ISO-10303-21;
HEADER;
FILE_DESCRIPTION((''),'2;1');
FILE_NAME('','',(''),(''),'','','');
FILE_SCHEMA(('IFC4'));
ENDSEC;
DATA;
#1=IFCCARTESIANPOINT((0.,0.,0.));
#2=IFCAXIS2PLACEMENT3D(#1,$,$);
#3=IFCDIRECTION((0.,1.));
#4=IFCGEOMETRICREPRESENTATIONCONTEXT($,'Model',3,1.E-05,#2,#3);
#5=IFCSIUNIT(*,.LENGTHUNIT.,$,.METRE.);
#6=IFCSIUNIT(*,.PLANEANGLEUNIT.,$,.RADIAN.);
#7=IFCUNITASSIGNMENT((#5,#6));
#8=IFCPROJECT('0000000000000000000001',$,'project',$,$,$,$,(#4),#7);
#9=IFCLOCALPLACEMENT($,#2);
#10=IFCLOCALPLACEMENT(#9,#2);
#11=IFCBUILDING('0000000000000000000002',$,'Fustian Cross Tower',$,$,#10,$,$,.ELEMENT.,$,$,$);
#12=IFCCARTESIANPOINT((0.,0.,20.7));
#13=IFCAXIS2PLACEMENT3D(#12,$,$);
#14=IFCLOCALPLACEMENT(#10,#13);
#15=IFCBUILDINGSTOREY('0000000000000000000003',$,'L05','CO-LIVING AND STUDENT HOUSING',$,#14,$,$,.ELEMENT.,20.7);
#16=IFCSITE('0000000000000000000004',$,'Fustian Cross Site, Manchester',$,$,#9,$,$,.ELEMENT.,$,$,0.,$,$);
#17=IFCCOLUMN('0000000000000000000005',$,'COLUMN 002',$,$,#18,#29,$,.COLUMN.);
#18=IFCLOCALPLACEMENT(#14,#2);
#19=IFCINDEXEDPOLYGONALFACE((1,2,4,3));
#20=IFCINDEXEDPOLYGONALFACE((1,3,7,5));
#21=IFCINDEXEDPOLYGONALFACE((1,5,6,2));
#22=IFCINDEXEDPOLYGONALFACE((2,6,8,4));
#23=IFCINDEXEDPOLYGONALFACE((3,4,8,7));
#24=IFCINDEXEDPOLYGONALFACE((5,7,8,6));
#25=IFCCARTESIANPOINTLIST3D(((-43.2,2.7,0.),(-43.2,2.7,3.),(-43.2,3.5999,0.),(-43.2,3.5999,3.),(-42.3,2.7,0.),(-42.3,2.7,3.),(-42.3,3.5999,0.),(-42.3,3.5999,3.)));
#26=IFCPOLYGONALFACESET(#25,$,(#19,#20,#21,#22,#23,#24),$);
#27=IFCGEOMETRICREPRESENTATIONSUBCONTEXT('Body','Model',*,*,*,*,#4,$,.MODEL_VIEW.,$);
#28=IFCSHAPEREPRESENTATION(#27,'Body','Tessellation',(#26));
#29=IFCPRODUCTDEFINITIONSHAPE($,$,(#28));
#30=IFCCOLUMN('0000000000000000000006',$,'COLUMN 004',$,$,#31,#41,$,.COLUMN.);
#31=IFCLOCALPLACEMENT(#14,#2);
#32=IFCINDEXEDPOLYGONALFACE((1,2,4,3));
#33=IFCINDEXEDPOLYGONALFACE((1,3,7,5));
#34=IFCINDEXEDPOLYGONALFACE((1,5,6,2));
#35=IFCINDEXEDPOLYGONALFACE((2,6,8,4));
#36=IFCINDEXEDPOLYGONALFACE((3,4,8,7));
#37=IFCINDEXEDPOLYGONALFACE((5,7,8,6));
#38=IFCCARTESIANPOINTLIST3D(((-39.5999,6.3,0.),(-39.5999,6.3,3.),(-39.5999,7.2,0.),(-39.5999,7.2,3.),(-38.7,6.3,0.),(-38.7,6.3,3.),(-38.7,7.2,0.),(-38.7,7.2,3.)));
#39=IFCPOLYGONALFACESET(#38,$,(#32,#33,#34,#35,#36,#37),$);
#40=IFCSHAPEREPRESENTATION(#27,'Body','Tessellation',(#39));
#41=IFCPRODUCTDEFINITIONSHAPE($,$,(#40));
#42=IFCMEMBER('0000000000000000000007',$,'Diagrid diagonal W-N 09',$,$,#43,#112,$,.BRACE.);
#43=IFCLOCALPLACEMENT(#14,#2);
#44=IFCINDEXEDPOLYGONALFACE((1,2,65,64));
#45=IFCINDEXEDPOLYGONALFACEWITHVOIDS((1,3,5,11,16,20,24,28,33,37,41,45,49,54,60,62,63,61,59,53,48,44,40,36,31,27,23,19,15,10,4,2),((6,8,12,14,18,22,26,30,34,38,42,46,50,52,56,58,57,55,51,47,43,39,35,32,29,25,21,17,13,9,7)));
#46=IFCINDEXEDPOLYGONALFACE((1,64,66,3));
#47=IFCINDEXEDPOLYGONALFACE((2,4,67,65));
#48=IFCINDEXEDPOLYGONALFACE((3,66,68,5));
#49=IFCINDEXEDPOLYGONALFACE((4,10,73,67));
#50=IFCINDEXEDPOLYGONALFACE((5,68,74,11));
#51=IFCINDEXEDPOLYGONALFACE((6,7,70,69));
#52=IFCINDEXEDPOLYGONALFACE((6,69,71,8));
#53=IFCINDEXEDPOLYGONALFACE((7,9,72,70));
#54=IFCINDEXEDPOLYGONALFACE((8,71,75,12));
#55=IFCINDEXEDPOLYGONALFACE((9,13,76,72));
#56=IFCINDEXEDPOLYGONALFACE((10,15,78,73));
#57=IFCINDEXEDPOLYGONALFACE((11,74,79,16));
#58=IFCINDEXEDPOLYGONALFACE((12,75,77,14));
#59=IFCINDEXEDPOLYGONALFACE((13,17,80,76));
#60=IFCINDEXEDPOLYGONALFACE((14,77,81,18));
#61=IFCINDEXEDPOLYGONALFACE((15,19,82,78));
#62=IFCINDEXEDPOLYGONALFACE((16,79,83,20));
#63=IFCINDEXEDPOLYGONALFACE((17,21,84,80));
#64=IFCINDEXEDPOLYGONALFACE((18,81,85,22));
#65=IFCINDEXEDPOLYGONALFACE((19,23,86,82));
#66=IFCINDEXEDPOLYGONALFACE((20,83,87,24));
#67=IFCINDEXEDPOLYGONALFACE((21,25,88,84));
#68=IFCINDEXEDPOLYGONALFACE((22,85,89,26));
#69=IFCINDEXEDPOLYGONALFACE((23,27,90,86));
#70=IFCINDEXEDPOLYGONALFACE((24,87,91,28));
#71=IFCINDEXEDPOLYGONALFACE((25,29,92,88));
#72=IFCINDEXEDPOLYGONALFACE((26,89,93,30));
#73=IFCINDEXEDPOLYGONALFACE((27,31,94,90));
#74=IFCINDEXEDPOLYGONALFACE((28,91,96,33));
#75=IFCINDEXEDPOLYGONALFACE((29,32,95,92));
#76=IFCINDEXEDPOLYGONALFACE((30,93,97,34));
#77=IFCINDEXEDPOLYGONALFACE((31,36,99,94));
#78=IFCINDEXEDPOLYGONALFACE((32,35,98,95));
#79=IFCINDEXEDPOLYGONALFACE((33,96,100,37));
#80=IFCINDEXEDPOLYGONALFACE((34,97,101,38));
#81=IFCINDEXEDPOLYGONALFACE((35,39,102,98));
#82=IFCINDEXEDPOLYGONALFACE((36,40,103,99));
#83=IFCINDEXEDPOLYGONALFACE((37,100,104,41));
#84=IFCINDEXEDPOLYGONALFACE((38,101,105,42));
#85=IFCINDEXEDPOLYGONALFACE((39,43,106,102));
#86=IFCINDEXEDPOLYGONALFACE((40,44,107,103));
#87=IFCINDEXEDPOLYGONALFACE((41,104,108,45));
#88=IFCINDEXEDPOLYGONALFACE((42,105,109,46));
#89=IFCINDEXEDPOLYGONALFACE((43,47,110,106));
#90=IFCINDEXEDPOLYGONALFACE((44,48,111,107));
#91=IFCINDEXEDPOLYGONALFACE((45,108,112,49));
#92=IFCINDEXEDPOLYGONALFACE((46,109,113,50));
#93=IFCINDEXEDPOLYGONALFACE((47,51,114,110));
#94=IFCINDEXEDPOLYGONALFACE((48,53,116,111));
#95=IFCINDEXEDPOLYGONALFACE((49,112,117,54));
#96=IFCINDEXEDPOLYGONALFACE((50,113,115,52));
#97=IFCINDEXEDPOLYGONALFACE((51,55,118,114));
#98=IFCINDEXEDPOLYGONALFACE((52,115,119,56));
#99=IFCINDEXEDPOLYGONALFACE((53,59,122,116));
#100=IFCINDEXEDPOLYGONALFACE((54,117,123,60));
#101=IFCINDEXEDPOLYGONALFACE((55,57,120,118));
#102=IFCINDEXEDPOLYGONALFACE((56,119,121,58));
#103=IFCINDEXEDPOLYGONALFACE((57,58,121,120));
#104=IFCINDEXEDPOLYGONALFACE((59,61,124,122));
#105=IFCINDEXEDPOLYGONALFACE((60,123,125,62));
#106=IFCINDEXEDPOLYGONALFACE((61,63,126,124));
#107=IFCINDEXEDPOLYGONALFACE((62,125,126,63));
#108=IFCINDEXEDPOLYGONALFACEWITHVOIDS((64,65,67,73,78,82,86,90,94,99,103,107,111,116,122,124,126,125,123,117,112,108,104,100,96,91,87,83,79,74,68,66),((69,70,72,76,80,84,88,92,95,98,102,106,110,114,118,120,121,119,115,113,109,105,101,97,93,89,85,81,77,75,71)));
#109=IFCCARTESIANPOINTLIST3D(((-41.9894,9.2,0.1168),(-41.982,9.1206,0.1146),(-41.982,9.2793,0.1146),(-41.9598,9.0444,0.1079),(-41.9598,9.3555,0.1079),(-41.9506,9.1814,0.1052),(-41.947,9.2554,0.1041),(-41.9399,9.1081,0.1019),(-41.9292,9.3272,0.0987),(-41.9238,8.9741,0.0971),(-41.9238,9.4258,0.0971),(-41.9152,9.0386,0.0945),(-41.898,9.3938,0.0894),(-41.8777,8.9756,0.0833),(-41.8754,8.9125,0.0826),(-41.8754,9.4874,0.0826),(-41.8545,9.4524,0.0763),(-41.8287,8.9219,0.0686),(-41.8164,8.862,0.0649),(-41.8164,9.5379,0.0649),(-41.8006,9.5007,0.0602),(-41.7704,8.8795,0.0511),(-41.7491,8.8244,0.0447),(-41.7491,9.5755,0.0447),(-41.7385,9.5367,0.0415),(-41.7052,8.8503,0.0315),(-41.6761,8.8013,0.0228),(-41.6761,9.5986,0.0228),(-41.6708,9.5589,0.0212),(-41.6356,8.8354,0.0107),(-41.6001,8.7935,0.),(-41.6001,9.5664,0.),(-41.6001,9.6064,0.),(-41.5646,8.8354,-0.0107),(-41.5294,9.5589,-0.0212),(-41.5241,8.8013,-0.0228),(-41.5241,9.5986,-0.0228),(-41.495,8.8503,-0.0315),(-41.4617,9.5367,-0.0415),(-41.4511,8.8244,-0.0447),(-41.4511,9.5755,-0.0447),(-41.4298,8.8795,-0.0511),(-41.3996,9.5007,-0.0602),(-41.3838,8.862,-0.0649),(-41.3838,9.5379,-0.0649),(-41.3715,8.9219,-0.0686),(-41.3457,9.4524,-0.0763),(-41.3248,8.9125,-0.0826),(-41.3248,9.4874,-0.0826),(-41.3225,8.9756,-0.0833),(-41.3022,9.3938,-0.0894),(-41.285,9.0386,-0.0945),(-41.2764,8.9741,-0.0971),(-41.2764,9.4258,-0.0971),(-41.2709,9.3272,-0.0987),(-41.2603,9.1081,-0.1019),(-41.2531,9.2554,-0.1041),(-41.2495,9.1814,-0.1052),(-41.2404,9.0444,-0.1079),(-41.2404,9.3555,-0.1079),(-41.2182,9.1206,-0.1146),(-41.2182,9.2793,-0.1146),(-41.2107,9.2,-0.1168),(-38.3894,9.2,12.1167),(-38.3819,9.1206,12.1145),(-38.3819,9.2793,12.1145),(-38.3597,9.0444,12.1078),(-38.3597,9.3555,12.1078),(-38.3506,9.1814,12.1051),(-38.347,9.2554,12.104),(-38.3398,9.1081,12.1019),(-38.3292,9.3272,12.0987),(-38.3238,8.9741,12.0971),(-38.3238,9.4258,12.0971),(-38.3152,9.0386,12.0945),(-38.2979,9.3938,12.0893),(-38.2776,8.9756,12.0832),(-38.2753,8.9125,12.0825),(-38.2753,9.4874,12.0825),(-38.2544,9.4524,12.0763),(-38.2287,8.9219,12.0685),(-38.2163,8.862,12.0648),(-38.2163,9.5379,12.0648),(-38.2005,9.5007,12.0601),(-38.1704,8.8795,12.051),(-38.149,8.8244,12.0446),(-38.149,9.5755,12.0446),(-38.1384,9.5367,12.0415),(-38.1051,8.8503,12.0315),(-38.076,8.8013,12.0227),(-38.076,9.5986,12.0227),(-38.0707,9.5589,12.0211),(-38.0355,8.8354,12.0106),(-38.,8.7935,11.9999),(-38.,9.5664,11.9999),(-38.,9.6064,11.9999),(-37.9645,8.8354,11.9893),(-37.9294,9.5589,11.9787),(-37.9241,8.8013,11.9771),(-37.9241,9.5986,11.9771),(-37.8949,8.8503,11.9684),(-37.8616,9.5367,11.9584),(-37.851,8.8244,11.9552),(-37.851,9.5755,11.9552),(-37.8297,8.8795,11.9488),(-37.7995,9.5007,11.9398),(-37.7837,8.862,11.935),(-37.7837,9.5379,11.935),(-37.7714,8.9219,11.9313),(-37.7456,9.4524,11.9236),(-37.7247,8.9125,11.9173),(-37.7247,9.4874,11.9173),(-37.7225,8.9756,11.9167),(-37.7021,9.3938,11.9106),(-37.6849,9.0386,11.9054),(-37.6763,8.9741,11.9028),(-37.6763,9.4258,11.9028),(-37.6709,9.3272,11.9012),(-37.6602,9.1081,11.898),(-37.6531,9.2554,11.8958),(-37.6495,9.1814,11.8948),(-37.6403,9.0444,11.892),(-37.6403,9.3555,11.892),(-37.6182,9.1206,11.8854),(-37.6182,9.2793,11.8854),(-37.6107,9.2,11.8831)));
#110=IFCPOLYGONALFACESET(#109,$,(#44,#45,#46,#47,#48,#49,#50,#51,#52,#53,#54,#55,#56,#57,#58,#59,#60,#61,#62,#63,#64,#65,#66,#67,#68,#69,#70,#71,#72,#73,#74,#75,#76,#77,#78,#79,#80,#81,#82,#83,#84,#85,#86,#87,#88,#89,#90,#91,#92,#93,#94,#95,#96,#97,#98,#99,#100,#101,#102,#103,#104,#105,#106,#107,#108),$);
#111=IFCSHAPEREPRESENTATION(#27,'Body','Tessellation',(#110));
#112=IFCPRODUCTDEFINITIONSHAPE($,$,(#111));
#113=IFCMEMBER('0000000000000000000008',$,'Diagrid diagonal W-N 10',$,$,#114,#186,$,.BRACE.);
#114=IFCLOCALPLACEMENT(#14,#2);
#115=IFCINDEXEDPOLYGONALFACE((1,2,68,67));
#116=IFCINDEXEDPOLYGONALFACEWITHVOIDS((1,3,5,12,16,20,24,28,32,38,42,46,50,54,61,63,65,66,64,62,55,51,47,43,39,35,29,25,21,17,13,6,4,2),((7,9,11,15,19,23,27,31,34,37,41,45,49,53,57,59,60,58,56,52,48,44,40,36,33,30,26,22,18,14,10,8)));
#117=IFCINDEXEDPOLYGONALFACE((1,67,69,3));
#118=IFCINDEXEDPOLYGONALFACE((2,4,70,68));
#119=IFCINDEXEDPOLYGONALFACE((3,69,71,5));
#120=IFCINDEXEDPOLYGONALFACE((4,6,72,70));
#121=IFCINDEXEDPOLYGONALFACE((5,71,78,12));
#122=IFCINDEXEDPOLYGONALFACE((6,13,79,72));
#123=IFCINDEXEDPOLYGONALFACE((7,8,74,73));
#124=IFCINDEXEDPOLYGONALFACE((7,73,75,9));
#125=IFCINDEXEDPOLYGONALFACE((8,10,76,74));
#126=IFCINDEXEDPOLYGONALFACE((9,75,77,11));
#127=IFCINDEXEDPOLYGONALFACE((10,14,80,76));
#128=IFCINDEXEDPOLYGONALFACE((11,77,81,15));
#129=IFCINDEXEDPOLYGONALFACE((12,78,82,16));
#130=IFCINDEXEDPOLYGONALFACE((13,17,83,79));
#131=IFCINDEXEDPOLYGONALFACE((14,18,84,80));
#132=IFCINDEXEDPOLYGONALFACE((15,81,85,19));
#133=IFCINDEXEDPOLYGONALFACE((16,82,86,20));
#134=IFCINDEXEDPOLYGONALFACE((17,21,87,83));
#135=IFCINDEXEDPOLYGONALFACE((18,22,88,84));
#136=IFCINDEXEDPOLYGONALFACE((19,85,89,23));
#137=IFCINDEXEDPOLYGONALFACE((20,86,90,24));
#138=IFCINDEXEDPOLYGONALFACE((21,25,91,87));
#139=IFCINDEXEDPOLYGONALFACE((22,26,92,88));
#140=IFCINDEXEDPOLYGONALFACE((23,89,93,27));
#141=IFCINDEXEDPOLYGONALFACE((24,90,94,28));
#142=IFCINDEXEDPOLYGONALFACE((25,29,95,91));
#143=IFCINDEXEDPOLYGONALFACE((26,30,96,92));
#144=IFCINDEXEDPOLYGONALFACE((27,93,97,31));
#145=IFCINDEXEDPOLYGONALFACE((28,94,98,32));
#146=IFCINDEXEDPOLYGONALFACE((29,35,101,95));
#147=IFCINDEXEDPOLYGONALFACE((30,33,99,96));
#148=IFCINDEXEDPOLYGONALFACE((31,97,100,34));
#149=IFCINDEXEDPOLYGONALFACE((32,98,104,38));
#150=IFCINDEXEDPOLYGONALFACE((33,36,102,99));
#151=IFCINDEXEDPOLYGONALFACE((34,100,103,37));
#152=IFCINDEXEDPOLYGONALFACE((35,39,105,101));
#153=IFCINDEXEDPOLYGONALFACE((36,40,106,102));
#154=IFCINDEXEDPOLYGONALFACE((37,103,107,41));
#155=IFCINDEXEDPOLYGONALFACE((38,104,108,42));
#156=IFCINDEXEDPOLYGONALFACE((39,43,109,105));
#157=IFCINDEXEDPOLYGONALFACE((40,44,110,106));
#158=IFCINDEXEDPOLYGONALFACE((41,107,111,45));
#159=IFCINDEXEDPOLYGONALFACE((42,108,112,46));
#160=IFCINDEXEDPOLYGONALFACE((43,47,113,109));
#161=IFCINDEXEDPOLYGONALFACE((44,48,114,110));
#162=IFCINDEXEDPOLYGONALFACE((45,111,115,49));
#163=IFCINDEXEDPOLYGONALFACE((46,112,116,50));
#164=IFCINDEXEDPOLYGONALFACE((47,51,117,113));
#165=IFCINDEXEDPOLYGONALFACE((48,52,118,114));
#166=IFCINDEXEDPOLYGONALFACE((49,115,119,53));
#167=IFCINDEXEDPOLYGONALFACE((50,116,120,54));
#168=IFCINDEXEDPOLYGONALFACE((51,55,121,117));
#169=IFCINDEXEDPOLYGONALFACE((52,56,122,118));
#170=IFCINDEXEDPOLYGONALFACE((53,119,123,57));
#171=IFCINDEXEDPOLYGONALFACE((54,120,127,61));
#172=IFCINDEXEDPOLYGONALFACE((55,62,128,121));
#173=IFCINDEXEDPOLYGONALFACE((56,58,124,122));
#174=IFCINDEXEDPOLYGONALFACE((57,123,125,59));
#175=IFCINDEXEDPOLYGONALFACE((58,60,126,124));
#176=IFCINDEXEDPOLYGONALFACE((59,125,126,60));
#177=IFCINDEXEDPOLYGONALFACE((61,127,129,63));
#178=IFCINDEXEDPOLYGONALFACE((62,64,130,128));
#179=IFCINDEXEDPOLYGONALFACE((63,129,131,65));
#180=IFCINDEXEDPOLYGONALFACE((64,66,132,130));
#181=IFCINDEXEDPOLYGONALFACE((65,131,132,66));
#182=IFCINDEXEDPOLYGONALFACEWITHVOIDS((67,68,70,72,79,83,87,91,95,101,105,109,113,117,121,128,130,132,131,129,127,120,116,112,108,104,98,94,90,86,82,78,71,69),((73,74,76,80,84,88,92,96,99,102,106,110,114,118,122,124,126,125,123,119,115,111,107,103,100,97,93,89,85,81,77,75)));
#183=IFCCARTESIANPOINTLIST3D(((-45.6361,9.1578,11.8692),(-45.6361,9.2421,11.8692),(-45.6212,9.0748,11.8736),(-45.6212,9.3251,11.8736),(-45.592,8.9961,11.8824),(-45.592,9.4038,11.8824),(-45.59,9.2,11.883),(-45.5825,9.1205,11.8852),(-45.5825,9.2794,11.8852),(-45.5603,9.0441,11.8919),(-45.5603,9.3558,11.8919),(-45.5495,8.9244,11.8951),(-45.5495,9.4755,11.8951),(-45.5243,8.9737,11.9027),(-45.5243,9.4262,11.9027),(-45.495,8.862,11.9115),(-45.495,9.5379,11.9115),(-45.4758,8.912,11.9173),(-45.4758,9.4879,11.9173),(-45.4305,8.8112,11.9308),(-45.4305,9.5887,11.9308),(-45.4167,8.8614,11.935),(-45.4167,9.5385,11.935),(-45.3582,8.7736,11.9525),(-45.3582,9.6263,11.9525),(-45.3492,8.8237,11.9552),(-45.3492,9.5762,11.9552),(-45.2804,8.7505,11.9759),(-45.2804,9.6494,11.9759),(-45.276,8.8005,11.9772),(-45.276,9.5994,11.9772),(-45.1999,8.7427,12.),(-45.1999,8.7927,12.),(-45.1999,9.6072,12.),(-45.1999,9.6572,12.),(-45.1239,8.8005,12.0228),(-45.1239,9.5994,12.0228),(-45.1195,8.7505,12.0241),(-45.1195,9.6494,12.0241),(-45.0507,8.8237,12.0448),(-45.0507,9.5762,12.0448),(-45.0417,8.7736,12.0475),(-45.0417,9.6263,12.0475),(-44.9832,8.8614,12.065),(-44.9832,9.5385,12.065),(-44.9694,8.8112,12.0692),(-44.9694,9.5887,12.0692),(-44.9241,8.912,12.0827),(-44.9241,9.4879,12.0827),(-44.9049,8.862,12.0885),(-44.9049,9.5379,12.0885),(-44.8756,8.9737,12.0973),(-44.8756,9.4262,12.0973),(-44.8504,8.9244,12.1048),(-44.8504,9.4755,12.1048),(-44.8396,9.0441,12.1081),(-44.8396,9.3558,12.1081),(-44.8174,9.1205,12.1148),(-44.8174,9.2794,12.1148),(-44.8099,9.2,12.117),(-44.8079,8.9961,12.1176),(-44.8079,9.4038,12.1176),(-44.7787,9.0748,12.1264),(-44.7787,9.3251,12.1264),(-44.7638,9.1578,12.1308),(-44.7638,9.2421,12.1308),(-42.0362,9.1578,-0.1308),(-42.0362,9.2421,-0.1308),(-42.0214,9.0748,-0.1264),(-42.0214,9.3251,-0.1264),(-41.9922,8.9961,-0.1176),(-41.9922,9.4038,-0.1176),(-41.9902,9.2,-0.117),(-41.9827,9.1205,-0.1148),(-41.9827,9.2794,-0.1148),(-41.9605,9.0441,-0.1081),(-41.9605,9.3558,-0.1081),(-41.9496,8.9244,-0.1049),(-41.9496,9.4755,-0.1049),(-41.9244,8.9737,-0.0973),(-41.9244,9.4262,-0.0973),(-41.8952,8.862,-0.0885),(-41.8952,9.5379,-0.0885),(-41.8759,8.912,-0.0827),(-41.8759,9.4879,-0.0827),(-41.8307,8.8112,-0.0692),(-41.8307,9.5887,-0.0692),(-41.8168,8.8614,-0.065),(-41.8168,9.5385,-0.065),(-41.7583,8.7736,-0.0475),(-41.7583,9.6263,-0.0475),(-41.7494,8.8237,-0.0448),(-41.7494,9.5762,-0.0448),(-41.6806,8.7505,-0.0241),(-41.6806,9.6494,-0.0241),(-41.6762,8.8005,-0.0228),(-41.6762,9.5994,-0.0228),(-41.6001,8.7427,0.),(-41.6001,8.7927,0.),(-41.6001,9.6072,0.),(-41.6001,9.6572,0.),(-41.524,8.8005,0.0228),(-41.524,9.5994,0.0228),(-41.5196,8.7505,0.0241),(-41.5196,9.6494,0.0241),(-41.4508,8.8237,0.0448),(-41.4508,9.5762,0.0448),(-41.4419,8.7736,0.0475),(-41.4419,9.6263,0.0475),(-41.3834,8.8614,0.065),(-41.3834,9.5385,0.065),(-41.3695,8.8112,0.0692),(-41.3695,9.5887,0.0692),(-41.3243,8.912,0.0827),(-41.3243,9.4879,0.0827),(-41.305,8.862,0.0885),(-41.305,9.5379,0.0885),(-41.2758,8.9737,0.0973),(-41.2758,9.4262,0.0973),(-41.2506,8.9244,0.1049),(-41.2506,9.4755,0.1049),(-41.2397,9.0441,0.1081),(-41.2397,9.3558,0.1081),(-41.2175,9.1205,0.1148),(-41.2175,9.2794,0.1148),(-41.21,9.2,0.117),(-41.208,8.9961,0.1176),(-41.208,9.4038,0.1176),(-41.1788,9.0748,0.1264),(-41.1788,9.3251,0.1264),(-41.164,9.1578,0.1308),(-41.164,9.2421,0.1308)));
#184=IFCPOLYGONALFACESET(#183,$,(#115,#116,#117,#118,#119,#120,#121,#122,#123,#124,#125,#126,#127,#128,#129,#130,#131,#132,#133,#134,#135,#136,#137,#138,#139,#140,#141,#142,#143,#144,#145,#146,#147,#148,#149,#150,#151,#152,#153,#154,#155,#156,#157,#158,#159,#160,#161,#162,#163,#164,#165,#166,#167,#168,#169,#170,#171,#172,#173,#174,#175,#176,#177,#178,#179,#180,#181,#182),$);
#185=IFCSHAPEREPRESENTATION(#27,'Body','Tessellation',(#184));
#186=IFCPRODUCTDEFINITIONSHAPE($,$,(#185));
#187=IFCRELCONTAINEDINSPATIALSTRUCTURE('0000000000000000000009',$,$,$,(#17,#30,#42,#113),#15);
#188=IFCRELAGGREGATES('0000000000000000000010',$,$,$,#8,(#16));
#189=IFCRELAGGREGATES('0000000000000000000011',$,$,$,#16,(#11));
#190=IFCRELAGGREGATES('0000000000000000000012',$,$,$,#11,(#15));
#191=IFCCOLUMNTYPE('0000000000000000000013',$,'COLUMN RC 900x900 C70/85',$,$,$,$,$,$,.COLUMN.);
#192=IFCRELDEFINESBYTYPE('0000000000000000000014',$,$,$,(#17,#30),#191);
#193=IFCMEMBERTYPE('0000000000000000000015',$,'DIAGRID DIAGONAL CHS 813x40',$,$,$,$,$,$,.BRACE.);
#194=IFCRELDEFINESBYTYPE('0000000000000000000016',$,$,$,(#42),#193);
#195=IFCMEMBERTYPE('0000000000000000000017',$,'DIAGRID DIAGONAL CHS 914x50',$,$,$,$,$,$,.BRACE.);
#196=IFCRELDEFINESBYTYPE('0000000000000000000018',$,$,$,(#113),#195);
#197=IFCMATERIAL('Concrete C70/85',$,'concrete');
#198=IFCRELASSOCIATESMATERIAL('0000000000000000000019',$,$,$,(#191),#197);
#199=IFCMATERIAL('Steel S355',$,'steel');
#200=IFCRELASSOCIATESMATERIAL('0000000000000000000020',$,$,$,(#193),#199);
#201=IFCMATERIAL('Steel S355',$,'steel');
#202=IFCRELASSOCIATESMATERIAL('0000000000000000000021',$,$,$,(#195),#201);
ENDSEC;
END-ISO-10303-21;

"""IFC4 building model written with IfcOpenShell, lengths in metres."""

from ifc_helpers import new_model, si_unit, direction, frame, origin, origin_2d, place, context, subcontext, project, spatial, rectangle, hollow_circle, extrude, material, material_profile, profile_set, type_object, element, save


model = new_model("IFC4")

# Units and contexts
model_context = context("Model", 3, precision=1e-05, world=origin(), true_north=direction((0.0, 1.0)))
body_context = subcontext(model_context, "Body", "Model", "MODEL_VIEW")
ifc_project = project(units=[si_unit("LENGTHUNIT", "METRE"), si_unit("PLANEANGLEUNIT", "RADIAN")], contexts=[model_context])

# Site, building, storey
site_placement = place(None, origin())
site = spatial("IfcSite", under=ifc_project, at=site_placement, Name="Fustian Cross Site, Manchester", CompositionType="ELEMENT", RefElevation=0.0)
building_placement = place(site_placement, origin())
building = spatial("IfcBuilding", under=site, at=building_placement, Name="Fustian Cross Tower", CompositionType="ELEMENT")
storey_placement = place(building_placement, frame((0.0, 0.0, 20.7)))
storey = spatial("IfcBuildingStorey", under=building, at=storey_placement, Name="L05", Description="CO-LIVING AND STUDENT HOUSING", CompositionType="ELEMENT", Elevation=20.7)

# Columns
ifc_material_1 = material(Name="Concrete C70/85", Category="concrete")
ifc_material_profile_1 = material_profile(ifc_material_1, rectangle(XDim=0.8999, YDim=0.8999, at=origin_2d()), Name="RC 900x900")
ifc_profile_set_1 = profile_set([ifc_material_profile_1], Name="Concrete C70/85")
column_type = type_object("IfcColumnType", Name="COLUMN RC 900x900 C70/85", PredefinedType="COLUMN", material=ifc_profile_set_1)
for number, where, z_axis, x_axis, name in (
    (1, (-42.75, 3.1499, 0.0), (0.0, 0.0, 1.0), (1.0, 0.0, 0.0), "COLUMN 002"),
    (2, (-39.1499, 6.75, 0.0), (0.0, 0.0, 1.0), (1.0, 0.0, 0.0), "COLUMN 004"),
):
    element("IfcColumn", number, at=place(storey_placement, frame(where, z_axis=z_axis, x_axis=x_axis)), inside=storey, type_object=column_type, Name=name, PredefinedType="COLUMN", context=body_context, shape_type="SweptSolid", body=[
        extrude(rectangle(XDim=0.8999, YDim=0.8999, at=origin_2d()), origin(), (0.0, 0.0, 1.0), 3.0),
    ])

# Members
ifc_material_2 = material(Name="Steel S355", Category="steel")
ifc_material_profile_2 = material_profile(ifc_material_2, hollow_circle(Radius=0.4065, WallThickness=0.04, at=origin_2d()), Name="CHS 813x40")
ifc_profile_set_2 = profile_set([ifc_material_profile_2], Name="Steel S355")
member_type_1 = type_object("IfcMemberType", Name="DIAGRID DIAGONAL CHS 813x40", PredefinedType="BRACE", material=ifc_profile_set_2)
member_1_placement = place(storey_placement, frame((-41.6001, 9.2, 0.0), z_axis=(0.287355, 0.0, 0.957824), x_axis=(0.0, 1.0, 0.0)))
element("IfcMember", 3, at=member_1_placement, inside=storey, type_object=member_type_1, Name="Diagrid diagonal W-N 09", PredefinedType="BRACE", context=body_context, shape_type="SweptSolid", body=[
    extrude(hollow_circle(Radius=0.4065, WallThickness=0.04, at=origin_2d()), origin(), (0.0, 0.0, 1.0), 12.5283),
])
ifc_material_3 = material(Name="Steel S355", Category="steel")
ifc_material_profile_3 = material_profile(ifc_material_3, hollow_circle(Radius=0.4573, WallThickness=0.05, at=origin_2d()), Name="CHS 914x50")
ifc_profile_set_3 = profile_set([ifc_material_profile_3], Name="Steel S355")
member_type_2 = type_object("IfcMemberType", Name="DIAGRID DIAGONAL CHS 914x50", PredefinedType="BRACE", material=ifc_profile_set_3)
member_2_placement = place(storey_placement, frame((-41.6001, 9.2, 0.0), z_axis=(-0.287337, 0.0, 0.95783), x_axis=(0.0, -1.0, 0.0)))
element("IfcMember", 4, at=member_2_placement, inside=storey, type_object=member_type_2, Name="Diagrid diagonal W-N 10", PredefinedType="BRACE", context=body_context, shape_type="SweptSolid", body=[
    extrude(hollow_circle(Radius=0.4573, WallThickness=0.05, at=origin_2d()), origin(), (0.0, 0.0, 1.0), 12.5283),
])

save(model, "model.ifc")
